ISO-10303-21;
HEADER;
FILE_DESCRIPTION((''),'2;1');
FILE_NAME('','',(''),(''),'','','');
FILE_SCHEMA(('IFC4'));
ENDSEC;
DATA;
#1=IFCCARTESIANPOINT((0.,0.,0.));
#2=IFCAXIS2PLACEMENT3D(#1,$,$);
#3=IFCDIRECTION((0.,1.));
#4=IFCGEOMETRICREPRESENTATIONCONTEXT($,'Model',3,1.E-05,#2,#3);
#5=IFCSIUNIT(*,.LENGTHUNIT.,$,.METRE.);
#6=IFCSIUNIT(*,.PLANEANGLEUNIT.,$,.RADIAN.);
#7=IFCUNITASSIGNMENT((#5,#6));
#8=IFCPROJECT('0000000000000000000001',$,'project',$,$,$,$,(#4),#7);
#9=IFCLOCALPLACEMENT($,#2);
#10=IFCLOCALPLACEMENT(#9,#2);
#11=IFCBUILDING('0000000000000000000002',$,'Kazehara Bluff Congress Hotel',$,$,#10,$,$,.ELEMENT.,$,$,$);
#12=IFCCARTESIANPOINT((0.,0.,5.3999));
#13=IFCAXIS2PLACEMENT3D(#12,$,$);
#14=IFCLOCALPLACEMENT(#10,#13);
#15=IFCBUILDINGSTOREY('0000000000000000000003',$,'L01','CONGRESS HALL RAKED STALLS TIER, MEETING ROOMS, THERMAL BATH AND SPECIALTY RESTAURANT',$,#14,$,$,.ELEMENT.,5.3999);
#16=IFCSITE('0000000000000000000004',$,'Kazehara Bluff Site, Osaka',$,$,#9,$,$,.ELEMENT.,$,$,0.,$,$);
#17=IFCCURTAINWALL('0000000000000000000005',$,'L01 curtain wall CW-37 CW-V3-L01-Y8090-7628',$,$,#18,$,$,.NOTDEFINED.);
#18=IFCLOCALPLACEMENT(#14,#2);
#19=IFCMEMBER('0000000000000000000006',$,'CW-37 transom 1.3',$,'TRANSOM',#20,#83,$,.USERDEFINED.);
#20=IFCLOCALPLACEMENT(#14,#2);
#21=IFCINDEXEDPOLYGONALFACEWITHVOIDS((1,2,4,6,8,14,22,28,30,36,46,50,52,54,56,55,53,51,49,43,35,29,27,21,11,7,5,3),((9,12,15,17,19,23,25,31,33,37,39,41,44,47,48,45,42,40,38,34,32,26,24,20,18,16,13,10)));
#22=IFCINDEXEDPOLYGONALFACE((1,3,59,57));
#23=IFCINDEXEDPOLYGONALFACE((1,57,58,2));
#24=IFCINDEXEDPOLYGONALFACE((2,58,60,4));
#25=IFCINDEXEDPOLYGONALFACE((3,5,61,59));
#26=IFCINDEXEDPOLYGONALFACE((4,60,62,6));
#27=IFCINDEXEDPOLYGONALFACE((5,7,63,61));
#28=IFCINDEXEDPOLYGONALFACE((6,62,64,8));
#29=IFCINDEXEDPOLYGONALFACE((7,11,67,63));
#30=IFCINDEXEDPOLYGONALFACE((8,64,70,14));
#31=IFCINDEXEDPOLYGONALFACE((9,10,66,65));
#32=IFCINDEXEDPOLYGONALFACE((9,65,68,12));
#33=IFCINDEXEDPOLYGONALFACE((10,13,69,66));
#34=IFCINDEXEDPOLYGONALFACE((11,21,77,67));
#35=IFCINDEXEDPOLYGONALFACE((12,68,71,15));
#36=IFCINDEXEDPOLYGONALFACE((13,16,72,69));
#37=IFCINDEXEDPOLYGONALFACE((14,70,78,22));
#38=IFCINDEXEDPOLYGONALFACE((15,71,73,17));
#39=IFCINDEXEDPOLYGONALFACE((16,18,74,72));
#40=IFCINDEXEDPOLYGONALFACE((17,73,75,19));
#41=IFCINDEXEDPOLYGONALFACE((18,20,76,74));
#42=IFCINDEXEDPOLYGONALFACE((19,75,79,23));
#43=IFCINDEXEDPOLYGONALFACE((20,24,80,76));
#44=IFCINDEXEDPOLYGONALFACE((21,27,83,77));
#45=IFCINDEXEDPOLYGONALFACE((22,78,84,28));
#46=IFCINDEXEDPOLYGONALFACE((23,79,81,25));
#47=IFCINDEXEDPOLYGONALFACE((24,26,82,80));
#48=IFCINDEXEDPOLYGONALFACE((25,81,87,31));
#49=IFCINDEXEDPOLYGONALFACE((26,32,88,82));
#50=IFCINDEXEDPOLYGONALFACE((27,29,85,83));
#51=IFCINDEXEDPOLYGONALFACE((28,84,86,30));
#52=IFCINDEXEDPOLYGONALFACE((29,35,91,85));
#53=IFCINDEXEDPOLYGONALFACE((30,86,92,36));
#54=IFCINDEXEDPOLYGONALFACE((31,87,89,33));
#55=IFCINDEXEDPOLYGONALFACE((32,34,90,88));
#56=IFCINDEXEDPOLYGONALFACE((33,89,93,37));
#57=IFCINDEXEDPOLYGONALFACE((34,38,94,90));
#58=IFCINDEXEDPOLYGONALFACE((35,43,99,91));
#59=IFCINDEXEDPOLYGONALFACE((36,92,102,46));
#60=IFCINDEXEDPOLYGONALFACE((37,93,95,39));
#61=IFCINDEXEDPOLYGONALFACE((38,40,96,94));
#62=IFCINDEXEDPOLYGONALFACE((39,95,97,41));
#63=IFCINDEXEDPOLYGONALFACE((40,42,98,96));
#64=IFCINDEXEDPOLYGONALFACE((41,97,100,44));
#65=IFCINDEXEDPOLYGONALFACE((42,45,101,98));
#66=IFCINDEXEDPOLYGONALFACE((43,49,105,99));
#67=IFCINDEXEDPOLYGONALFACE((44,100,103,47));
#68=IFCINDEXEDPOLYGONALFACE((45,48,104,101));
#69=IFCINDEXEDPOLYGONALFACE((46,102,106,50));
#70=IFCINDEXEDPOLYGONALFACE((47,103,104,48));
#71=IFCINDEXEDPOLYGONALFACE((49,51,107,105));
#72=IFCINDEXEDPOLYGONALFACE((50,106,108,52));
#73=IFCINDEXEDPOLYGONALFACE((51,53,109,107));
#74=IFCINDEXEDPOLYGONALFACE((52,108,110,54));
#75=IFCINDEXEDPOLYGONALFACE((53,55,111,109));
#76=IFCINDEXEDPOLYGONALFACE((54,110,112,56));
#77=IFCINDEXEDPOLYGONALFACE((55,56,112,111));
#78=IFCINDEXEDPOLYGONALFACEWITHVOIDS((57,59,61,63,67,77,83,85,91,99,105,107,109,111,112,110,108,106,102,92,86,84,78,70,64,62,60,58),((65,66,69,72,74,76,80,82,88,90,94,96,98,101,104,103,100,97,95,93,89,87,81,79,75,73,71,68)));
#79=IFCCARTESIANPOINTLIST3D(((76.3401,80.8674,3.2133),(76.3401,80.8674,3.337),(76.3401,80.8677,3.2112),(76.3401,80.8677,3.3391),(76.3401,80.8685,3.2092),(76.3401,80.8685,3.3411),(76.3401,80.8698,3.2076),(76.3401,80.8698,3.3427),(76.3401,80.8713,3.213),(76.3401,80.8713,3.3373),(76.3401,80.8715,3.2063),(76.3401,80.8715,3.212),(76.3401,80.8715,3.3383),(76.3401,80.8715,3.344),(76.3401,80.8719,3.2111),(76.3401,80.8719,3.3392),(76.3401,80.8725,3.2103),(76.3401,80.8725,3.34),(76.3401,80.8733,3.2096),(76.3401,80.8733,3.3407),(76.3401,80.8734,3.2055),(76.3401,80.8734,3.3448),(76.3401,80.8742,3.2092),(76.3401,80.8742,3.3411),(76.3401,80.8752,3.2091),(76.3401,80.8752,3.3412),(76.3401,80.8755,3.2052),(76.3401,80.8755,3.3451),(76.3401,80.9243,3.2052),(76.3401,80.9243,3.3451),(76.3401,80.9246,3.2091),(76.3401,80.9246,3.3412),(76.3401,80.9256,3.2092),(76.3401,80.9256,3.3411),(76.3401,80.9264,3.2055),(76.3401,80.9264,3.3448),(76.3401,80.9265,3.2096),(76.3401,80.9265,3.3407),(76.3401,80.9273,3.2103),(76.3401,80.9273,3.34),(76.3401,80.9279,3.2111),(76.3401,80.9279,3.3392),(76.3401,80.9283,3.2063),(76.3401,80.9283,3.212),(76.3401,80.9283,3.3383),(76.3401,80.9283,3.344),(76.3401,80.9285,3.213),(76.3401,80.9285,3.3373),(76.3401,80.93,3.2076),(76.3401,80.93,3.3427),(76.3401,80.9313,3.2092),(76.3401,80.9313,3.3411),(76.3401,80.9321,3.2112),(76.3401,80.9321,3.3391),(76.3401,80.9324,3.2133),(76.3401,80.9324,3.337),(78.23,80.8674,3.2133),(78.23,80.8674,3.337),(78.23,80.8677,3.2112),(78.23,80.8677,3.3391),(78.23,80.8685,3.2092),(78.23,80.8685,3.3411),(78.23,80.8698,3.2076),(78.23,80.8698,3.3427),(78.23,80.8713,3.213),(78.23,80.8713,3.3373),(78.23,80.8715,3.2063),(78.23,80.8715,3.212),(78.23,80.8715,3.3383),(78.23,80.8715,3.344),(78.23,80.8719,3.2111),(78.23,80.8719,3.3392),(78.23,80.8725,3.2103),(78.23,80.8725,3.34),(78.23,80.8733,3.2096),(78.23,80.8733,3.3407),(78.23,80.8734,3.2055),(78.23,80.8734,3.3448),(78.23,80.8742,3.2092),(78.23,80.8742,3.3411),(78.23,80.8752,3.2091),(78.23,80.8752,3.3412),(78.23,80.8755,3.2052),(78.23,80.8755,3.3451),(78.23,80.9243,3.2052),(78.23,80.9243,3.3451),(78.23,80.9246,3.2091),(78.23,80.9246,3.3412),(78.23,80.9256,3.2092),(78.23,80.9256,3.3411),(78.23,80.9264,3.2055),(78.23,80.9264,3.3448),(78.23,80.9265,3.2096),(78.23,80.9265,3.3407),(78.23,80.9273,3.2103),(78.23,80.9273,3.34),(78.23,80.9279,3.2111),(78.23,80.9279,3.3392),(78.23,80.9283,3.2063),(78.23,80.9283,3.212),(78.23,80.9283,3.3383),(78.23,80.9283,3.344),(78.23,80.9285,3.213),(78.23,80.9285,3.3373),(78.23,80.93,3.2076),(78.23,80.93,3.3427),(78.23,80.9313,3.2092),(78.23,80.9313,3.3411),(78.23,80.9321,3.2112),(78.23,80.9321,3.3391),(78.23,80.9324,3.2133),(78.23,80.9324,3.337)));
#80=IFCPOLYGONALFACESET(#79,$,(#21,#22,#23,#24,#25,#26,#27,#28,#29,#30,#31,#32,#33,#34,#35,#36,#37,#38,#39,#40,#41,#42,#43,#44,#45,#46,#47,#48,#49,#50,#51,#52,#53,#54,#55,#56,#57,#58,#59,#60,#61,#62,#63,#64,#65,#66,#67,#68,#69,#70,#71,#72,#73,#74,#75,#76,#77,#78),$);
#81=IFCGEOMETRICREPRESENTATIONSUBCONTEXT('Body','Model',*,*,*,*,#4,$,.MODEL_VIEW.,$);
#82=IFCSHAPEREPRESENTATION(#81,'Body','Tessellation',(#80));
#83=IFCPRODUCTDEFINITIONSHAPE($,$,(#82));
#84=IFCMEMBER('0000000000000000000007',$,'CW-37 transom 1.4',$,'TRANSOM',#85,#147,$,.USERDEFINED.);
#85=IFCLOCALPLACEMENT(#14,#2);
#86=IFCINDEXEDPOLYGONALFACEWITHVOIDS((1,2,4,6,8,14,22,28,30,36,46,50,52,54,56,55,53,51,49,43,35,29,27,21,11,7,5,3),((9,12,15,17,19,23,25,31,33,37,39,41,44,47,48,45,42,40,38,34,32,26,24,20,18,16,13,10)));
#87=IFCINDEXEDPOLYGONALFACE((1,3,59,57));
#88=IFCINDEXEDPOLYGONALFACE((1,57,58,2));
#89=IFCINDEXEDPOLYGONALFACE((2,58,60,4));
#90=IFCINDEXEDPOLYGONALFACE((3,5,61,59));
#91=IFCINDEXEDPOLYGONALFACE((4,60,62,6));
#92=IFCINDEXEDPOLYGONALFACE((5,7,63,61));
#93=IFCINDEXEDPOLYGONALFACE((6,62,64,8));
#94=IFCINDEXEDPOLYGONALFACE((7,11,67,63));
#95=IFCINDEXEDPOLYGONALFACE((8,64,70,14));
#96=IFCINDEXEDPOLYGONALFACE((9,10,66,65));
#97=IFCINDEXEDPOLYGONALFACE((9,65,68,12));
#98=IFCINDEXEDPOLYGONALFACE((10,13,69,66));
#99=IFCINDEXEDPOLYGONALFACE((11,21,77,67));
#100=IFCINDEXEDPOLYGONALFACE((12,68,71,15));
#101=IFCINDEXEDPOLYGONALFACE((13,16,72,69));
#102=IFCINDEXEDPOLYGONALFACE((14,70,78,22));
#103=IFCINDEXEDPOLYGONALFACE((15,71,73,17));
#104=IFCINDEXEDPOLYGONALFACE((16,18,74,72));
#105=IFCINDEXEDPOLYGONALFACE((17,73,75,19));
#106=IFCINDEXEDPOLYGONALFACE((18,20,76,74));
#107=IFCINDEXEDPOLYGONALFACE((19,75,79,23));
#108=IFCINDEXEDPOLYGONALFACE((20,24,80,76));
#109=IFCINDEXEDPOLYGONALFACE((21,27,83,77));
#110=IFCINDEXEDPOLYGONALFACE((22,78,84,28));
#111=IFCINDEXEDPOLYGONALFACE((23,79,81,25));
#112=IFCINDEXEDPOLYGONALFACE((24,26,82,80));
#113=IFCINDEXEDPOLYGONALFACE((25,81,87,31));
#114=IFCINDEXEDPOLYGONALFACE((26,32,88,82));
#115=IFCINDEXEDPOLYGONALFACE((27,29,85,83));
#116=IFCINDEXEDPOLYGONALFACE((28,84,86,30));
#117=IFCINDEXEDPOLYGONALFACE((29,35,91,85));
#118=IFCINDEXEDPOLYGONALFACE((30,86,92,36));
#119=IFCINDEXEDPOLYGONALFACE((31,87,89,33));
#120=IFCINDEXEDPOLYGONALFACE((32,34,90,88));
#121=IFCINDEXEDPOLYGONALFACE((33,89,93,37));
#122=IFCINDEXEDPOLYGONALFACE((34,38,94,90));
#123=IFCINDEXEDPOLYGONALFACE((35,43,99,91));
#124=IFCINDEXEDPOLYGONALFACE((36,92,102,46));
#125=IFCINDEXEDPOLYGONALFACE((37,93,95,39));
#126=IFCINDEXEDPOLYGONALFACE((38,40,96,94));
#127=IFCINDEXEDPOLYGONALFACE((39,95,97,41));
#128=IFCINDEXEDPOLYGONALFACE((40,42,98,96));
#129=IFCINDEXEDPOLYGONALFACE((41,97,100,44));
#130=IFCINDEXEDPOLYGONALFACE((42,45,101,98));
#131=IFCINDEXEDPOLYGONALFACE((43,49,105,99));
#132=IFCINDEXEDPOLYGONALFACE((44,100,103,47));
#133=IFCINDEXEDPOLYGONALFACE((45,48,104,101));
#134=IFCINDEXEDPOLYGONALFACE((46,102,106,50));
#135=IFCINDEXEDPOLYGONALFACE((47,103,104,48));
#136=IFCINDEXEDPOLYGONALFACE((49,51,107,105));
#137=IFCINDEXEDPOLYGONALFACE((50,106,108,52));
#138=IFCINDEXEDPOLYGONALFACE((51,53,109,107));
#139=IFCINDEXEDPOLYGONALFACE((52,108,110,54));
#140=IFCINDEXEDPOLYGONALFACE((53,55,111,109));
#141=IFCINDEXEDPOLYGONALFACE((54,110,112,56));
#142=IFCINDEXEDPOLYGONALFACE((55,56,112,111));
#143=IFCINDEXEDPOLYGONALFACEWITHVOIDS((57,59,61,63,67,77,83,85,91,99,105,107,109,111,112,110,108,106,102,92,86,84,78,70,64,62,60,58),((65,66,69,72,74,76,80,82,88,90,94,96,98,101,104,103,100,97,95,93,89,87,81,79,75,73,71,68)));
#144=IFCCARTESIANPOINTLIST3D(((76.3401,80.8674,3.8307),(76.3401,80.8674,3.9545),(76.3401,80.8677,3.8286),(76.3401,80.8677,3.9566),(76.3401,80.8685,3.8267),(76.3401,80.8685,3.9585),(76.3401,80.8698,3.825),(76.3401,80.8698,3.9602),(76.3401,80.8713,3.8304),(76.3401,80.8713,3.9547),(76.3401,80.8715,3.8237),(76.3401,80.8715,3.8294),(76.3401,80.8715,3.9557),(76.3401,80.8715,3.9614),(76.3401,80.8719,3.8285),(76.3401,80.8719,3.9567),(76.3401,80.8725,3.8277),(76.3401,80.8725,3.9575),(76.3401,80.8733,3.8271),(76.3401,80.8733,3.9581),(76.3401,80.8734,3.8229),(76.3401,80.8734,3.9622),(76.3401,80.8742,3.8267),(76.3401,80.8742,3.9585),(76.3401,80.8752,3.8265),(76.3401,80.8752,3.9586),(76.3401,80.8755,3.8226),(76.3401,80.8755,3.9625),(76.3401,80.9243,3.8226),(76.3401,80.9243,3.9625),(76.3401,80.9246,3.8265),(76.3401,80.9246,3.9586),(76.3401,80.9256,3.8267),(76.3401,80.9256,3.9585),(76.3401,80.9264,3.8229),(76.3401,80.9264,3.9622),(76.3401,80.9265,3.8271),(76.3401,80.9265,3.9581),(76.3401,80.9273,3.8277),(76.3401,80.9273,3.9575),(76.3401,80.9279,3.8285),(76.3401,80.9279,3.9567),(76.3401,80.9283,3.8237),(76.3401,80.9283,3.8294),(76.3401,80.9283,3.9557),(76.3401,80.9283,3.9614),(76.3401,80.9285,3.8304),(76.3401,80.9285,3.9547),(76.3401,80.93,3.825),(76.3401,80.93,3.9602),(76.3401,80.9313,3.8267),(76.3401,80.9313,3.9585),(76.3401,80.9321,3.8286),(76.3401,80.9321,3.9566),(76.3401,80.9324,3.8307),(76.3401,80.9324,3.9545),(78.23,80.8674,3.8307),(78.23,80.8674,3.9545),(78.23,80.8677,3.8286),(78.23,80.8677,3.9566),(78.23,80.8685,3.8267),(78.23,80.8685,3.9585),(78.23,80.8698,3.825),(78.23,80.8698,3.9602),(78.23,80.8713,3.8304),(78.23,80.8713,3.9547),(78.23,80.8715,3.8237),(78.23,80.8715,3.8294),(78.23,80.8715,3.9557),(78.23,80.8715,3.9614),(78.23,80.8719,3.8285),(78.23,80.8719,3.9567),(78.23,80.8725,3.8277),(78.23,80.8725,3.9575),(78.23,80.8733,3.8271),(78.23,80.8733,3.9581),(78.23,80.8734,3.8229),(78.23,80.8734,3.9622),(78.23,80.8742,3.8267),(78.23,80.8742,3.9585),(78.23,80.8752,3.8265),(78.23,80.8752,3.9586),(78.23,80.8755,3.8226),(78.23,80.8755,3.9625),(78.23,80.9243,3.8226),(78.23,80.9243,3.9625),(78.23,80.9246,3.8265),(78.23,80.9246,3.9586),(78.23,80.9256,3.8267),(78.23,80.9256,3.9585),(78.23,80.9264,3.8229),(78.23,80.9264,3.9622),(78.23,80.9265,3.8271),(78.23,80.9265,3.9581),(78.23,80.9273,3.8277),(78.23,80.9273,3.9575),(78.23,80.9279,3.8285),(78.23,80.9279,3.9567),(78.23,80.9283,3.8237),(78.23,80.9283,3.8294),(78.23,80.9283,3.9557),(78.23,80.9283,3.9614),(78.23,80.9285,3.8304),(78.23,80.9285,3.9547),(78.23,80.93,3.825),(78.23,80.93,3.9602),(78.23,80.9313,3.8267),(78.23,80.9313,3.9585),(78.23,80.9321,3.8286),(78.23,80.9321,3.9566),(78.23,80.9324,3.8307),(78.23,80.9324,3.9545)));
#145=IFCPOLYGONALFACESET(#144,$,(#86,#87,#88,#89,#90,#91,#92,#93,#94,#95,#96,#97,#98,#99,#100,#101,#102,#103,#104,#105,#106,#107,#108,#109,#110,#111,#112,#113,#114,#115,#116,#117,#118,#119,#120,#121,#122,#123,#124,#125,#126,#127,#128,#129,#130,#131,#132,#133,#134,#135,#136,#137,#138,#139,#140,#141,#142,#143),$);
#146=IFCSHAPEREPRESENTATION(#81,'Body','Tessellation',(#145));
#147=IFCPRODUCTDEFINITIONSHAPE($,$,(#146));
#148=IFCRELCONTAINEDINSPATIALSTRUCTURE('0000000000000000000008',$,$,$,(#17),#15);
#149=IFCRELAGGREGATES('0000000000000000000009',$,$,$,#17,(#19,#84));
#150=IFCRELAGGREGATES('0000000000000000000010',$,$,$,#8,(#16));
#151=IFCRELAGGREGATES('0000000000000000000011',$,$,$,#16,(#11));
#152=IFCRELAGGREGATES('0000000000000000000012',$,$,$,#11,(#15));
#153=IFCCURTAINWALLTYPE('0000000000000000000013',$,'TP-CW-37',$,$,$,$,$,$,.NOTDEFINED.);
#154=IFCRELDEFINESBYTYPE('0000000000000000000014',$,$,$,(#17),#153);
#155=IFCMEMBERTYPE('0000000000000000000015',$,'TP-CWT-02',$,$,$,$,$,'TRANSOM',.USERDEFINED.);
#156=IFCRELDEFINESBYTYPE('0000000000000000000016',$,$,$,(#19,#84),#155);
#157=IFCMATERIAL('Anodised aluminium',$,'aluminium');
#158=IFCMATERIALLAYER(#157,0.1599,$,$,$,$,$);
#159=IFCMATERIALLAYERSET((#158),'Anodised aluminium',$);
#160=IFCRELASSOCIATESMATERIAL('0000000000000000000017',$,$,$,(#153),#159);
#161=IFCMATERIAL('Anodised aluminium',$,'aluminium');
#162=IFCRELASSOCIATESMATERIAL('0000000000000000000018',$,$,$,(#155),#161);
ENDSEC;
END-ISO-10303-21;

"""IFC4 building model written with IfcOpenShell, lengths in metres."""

from ifc_helpers import new_model, si_unit, direction, frame, origin, origin_2d, place, context, subcontext, project, spatial, hollow_rectangle, extrude, material, layer, layer_set, material_profile, profile_set, type_object, element, aggregate, save


model = new_model("IFC4")

# Units and contexts
model_context = context("Model", 3, precision=1e-05, world=origin(), true_north=direction((0.0, 1.0)))
body_context = subcontext(model_context, "Body", "Model", "MODEL_VIEW")
ifc_project = project(units=[si_unit("LENGTHUNIT", "METRE"), si_unit("PLANEANGLEUNIT", "RADIAN")], contexts=[model_context])

# Site, building, storey
site_placement = place(None, origin())
site = spatial("IfcSite", under=ifc_project, at=site_placement, Name="Kazehara Bluff Site, Osaka", CompositionType="ELEMENT", RefElevation=0.0)
building_placement = place(site_placement, origin())
building = spatial("IfcBuilding", under=site, at=building_placement, Name="Kazehara Bluff Congress Hotel", CompositionType="ELEMENT")
storey_placement = place(building_placement, frame((0.0, 0.0, 5.3999)))
storey = spatial("IfcBuildingStorey", under=building, at=storey_placement, Name="L01", Description="CONGRESS HALL RAKED STALLS TIER, MEETING ROOMS, THERMAL BATH AND SPECIALTY RESTAURANT", CompositionType="ELEMENT", Elevation=5.3999)

# Curtain wall, members
ifc_material_1 = material(Name="Anodised aluminium", Category="aluminium")
ifc_layer_1 = layer(ifc_material_1, 0.1599)
ifc_layer_set_1 = layer_set([ifc_layer_1], Name="Anodised aluminium")
curtain_wall_type = type_object("IfcCurtainWallType", Name="TP-CW-37", PredefinedType="NOTDEFINED", material=ifc_layer_set_1)
curtain_wall_placement = place(storey_placement, origin())
curtain_wall = element("IfcCurtainWall", 1, at=curtain_wall_placement, inside=storey, type_object=curtain_wall_type, Name="L01 curtain wall CW-37 CW-V3-L01-Y8090-7628", PredefinedType="NOTDEFINED")
ifc_material_2 = material(Name="Anodised aluminium", Category="aluminium")
ifc_material_profile_1 = material_profile(ifc_material_2, hollow_rectangle(XDim=0.0649, YDim=0.1399, WallThickness=0.0039, InnerFilletRadius=0.0039, OuterFilletRadius=0.0081, at=origin_2d()))
ifc_profile_set_1 = profile_set([ifc_material_profile_1], Name="Anodised aluminium")
member_type_1 = type_object("IfcMemberType", Name="TP-CWT-02", ElementType="TRANSOM", PredefinedType="USERDEFINED", material=ifc_profile_set_1)
member_1_placement = place(storey_placement, frame((76.3401, 80.8999, 3.2751), z_axis=(1.0, 0.0, 0.0), x_axis=(0.0, 1.0, 0.0)))
member_1 = element("IfcMember", 2, at=member_1_placement, type_object=member_type_1, Name="CW-37 transom 1.3", ObjectType="TRANSOM", PredefinedType="USERDEFINED", context=body_context, shape_type="SweptSolid", body=[
    extrude(hollow_rectangle(XDim=0.0649, YDim=0.1399, WallThickness=0.0039, InnerFilletRadius=0.0039, OuterFilletRadius=0.0081, at=origin_2d()), origin(), (0.0, 0.0, 1.0), 1.8899),
])
member_2_placement = place(storey_placement, frame((76.3401, 80.8999, 3.8926), z_axis=(1.0, 0.0, 0.0), x_axis=(0.0, 1.0, 0.0)))
member_2 = element("IfcMember", 3, at=member_2_placement, type_object=member_type_1, Name="CW-37 transom 1.4", ObjectType="TRANSOM", PredefinedType="USERDEFINED", context=body_context, shape_type="SweptSolid", body=[
    extrude(hollow_rectangle(XDim=0.0649, YDim=0.1399, WallThickness=0.0039, InnerFilletRadius=0.0039, OuterFilletRadius=0.0081, at=origin_2d()), origin(), (0.0, 0.0, 1.0), 1.8899),
])

aggregate(curtain_wall, [member_1, member_2])

save(model, "model.ifc")
